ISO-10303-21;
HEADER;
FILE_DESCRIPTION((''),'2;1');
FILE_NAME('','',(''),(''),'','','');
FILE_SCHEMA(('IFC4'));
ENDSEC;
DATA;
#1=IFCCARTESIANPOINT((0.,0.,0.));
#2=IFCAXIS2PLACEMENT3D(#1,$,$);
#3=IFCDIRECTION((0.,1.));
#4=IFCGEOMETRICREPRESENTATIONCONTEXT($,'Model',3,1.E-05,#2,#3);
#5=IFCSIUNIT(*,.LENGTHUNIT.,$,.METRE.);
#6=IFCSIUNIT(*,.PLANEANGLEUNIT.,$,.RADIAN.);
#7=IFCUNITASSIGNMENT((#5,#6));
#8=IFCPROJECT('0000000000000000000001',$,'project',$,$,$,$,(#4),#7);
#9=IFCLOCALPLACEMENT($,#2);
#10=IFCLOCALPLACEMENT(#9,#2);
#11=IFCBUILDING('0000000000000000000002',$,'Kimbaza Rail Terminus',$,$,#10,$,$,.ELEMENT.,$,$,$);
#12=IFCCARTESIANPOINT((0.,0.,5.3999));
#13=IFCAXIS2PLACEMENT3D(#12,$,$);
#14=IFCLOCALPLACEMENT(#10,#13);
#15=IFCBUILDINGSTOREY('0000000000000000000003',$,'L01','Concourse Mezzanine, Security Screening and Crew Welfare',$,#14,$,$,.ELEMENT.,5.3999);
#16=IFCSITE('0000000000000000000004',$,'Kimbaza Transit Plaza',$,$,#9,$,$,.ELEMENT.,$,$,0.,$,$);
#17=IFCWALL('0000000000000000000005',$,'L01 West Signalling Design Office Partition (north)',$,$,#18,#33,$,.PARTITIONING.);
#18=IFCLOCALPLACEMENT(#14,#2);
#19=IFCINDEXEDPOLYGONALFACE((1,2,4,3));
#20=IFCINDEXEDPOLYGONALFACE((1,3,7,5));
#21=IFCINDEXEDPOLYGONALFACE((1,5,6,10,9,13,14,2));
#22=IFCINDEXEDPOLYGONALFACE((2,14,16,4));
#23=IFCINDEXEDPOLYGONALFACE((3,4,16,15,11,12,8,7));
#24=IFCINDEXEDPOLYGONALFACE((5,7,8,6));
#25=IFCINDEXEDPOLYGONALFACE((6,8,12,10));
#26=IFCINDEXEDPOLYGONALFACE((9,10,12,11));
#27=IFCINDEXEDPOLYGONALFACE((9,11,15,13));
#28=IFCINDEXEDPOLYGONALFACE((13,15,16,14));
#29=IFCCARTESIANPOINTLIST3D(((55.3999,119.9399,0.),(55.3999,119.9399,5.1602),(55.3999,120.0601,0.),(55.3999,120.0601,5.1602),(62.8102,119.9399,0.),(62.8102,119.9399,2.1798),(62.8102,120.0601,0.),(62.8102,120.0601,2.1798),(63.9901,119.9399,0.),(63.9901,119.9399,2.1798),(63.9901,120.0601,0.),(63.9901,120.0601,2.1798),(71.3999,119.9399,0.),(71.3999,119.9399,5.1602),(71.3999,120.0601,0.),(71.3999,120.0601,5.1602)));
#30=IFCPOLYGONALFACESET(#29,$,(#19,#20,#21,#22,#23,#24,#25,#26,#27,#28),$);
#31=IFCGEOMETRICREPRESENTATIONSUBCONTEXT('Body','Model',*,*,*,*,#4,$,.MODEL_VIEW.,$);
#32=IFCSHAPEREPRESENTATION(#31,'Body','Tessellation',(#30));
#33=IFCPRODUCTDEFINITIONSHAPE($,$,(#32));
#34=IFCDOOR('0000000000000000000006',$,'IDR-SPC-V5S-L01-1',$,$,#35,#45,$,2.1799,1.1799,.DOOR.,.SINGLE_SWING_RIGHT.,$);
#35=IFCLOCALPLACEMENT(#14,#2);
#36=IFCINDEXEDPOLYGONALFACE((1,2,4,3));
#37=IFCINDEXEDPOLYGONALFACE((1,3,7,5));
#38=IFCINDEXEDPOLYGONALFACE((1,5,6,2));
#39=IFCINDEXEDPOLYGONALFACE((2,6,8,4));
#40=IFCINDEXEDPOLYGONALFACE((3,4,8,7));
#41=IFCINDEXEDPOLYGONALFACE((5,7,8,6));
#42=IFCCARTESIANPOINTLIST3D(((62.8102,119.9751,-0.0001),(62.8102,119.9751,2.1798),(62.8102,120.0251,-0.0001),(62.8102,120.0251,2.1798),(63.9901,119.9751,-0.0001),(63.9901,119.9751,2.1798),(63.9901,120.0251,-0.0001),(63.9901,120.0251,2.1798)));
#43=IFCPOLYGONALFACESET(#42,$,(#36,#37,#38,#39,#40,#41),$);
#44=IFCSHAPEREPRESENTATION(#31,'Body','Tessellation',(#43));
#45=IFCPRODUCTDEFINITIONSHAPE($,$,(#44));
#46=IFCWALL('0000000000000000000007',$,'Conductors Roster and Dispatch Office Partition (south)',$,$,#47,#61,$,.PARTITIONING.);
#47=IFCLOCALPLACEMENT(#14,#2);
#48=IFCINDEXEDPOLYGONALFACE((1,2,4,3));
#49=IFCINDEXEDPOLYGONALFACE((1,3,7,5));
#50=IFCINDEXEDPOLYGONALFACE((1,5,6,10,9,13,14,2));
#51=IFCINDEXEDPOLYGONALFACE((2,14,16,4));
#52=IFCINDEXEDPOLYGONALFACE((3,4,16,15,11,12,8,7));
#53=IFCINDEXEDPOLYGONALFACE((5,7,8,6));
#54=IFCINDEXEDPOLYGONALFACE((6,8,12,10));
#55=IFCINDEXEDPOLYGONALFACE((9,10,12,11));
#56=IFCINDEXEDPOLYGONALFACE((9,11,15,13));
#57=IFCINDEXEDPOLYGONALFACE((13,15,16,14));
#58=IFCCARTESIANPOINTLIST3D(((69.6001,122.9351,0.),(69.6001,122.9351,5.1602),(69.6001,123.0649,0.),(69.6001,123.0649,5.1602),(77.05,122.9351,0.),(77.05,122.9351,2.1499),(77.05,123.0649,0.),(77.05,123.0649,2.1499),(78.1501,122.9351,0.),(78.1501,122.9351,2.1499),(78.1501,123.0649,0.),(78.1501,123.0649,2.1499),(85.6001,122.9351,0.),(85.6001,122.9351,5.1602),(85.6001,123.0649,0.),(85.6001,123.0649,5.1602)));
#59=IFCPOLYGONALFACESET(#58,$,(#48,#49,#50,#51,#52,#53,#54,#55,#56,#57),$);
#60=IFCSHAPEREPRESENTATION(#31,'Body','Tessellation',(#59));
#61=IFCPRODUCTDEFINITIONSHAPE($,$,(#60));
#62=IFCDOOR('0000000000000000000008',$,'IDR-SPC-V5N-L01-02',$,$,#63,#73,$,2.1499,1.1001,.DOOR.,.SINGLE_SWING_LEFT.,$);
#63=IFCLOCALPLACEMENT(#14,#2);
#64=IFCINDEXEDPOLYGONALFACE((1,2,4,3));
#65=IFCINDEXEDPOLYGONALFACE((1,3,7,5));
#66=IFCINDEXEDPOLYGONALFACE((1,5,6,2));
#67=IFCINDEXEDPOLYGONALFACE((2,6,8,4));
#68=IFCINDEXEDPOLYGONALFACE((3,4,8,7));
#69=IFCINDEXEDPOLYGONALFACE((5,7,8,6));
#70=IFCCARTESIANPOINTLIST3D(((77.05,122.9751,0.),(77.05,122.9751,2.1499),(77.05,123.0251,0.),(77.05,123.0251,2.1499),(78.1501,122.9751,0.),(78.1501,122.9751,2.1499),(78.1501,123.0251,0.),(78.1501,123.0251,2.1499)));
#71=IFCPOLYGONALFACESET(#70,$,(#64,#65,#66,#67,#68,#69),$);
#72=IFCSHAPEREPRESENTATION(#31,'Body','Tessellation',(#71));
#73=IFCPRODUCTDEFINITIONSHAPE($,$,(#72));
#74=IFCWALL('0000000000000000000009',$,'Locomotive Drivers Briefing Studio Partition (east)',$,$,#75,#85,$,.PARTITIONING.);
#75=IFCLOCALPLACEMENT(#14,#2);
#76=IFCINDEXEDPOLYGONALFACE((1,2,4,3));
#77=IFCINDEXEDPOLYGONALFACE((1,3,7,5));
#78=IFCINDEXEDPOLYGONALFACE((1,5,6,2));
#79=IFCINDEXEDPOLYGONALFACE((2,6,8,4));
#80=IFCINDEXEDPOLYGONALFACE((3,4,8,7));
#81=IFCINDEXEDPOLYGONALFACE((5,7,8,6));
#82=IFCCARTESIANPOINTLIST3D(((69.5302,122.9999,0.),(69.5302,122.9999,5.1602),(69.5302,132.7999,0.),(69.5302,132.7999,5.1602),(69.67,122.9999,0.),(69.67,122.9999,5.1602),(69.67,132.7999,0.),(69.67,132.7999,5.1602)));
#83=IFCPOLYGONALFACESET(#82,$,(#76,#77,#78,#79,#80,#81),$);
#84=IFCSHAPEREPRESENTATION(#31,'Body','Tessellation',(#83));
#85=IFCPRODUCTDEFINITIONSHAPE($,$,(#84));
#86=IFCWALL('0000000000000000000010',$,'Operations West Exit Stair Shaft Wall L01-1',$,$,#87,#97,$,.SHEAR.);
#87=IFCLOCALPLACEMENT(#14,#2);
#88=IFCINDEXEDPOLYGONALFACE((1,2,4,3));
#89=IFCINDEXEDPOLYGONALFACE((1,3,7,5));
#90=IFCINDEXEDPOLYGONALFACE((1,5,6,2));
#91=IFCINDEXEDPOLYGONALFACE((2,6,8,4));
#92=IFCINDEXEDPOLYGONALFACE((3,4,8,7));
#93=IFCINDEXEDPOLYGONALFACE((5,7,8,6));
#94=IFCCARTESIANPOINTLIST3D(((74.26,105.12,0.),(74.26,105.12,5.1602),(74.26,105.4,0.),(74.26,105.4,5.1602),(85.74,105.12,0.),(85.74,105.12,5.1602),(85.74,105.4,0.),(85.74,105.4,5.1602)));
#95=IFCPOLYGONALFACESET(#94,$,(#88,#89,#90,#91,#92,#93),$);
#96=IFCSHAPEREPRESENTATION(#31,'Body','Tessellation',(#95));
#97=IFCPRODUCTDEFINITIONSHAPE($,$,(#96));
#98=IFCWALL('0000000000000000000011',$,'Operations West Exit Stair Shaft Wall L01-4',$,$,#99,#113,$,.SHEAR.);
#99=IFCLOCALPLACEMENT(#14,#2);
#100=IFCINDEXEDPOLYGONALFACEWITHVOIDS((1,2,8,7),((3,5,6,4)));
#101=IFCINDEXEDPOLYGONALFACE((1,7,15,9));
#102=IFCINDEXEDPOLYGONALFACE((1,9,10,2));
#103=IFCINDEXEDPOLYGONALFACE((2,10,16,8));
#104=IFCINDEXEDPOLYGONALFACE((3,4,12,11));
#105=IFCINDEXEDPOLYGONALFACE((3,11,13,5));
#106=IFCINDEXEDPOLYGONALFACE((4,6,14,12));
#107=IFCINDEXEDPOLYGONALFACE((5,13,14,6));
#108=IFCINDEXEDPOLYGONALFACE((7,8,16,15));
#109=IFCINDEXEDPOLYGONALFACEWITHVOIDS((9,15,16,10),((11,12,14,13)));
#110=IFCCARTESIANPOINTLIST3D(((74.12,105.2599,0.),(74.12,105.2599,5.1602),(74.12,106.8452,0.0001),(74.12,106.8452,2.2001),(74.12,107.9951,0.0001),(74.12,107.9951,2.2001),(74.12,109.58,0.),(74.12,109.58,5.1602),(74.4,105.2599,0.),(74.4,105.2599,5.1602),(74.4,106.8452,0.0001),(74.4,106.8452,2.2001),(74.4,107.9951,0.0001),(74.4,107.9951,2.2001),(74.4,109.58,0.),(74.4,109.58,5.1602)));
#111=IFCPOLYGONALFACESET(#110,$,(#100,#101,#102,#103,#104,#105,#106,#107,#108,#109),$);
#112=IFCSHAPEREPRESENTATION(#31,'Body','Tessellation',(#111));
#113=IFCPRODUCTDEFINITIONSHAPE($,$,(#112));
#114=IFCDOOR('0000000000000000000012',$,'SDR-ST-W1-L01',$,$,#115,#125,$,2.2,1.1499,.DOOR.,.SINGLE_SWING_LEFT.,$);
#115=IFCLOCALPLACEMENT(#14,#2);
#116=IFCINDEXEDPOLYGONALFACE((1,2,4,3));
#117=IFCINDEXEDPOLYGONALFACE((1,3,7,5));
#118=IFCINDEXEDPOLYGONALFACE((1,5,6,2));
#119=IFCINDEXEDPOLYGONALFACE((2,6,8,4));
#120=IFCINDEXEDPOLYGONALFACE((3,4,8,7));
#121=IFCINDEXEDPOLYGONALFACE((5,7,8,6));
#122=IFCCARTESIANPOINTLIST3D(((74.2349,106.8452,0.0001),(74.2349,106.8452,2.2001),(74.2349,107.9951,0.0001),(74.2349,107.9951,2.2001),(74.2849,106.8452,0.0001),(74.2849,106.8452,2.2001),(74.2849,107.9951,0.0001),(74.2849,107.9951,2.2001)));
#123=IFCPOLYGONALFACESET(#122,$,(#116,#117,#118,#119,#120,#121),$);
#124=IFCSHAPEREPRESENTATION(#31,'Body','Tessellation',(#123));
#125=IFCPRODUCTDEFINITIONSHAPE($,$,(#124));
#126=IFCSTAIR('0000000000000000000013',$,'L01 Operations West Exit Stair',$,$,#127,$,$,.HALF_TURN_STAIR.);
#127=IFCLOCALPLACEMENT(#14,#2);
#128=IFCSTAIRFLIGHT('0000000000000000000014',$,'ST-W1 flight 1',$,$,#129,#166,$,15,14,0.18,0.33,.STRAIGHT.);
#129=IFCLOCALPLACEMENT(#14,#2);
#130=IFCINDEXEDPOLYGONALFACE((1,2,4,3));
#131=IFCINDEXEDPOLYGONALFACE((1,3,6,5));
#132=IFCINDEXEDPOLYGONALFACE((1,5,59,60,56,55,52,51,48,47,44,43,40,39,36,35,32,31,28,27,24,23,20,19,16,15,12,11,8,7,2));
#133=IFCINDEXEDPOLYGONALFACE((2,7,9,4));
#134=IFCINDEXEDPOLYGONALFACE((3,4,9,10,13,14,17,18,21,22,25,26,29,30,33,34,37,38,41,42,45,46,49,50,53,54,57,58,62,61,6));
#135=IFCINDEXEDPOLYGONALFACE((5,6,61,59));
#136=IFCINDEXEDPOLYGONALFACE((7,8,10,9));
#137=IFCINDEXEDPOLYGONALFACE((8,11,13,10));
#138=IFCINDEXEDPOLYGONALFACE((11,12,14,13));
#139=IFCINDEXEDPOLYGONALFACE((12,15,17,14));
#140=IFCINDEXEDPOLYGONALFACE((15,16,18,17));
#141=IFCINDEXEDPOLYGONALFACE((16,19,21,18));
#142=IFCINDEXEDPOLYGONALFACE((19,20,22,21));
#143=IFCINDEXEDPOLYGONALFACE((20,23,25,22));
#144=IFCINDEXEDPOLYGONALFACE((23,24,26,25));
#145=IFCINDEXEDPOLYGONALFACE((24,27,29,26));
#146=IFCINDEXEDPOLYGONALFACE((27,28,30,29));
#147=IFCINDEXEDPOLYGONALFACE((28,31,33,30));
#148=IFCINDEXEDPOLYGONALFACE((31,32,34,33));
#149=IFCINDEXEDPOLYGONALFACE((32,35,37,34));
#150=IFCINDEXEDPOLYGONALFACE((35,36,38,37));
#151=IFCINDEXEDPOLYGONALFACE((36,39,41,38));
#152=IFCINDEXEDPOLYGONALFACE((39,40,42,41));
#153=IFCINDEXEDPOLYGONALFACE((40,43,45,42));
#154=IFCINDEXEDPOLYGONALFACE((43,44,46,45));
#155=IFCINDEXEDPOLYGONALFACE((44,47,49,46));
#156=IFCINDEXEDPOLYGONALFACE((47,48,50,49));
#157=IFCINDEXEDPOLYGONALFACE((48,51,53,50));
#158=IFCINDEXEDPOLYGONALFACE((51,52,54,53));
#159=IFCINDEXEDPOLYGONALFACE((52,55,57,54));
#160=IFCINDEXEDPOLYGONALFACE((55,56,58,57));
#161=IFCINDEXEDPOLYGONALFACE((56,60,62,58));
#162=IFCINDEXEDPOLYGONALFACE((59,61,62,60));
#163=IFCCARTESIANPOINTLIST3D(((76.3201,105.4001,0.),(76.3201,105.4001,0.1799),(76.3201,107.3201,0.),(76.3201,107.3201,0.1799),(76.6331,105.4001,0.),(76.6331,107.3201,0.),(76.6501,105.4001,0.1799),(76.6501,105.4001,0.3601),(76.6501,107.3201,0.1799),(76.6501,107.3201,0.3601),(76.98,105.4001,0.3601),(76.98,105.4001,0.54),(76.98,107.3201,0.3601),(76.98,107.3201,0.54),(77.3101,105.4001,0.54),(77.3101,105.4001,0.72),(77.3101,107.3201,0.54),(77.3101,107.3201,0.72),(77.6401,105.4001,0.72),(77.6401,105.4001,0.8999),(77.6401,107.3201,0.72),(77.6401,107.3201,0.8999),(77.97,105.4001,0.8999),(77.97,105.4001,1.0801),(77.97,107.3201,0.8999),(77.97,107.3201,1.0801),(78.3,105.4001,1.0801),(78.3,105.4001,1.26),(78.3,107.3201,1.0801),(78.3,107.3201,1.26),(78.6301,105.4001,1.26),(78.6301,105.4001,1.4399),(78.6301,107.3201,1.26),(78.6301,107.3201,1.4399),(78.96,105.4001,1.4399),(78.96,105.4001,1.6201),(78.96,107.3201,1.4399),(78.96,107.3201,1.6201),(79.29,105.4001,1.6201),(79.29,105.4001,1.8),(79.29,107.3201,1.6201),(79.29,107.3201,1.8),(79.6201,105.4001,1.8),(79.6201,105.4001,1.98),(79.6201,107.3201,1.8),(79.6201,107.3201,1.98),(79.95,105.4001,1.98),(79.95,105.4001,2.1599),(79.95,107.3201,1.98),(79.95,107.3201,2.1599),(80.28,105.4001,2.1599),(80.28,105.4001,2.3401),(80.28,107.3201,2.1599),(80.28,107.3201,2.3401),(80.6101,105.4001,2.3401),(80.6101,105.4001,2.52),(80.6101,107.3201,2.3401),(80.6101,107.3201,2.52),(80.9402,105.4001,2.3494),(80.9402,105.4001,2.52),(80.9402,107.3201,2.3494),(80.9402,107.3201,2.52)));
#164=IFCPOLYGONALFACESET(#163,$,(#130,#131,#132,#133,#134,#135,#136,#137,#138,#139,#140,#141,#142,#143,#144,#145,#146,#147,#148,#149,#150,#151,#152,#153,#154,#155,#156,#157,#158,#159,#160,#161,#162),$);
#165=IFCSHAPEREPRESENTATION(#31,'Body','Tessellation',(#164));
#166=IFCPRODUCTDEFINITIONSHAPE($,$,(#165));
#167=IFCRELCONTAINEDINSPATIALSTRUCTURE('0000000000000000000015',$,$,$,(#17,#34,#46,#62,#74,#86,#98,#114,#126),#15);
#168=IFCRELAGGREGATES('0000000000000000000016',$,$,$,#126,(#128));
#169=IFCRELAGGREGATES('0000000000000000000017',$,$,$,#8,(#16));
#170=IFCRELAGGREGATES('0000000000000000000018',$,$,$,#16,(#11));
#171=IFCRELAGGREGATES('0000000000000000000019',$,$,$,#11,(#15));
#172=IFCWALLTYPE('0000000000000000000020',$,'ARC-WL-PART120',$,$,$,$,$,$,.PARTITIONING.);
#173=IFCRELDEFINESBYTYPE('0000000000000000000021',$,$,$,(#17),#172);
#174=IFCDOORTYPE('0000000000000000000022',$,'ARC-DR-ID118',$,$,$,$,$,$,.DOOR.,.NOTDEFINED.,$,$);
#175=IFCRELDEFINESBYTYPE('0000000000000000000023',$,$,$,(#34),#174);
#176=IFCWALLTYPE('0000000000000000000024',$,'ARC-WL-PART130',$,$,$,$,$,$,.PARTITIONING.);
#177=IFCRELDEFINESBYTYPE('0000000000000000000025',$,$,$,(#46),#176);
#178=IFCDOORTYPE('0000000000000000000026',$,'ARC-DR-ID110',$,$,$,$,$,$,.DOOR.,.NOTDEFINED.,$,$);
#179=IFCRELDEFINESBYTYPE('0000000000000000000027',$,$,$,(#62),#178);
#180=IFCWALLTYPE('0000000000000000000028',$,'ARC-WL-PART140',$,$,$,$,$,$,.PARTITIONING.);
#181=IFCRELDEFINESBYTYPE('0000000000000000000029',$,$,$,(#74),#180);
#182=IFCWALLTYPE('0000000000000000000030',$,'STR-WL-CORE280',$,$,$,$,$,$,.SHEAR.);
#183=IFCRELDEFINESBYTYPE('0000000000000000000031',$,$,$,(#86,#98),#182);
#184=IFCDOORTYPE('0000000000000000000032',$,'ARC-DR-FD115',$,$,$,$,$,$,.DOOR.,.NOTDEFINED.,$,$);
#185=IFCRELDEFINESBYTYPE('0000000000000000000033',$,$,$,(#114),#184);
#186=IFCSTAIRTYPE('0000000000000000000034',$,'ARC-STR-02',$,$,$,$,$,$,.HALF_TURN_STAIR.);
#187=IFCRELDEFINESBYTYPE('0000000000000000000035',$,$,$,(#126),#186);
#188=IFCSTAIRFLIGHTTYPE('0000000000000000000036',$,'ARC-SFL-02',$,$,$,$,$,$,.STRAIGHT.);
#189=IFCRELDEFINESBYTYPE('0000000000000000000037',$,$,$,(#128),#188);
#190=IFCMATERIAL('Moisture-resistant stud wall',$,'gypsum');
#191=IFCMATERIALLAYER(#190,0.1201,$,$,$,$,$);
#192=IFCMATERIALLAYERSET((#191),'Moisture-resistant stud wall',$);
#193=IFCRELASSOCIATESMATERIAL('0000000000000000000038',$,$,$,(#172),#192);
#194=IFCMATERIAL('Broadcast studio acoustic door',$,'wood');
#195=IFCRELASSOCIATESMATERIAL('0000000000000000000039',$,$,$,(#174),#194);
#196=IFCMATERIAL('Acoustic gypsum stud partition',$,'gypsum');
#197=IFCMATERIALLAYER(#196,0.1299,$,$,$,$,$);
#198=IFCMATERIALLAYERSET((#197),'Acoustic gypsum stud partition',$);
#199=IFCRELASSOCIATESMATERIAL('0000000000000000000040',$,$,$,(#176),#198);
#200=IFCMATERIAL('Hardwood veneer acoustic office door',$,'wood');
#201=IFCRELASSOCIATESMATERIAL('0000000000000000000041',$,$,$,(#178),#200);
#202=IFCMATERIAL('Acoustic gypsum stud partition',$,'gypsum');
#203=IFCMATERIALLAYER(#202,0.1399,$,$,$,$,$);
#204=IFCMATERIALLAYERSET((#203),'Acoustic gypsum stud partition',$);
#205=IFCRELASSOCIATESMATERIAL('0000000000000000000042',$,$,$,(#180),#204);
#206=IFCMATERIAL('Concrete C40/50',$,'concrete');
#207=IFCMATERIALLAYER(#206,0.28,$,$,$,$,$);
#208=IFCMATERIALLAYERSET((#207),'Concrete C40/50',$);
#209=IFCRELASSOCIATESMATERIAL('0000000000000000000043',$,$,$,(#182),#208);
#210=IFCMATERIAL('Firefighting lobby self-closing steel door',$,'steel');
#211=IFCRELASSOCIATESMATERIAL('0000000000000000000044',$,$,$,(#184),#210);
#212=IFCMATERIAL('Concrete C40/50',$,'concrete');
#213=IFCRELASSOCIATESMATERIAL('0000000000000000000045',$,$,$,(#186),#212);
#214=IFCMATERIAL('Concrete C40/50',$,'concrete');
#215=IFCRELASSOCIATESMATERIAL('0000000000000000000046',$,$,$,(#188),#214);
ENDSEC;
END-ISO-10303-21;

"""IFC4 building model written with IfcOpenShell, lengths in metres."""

from ifc_helpers import new_model, si_unit, direction, frame, frame_2d, origin, place, context, subcontext, project, spatial, polyline, rectangle, outline, extrude, material, layer, layer_set, type_object, element, fill, aggregate, save


model = new_model("IFC4")

# Units and contexts
model_context = context("Model", 3, precision=1e-05, world=origin(), true_north=direction((0.0, 1.0)))
body_context = subcontext(model_context, "Body", "Model", "MODEL_VIEW")
ifc_project = project(units=[si_unit("LENGTHUNIT", "METRE"), si_unit("PLANEANGLEUNIT", "RADIAN")], contexts=[model_context])

# Site, building, storey
site_placement = place(None, origin())
site = spatial("IfcSite", under=ifc_project, at=site_placement, Name="Kimbaza Transit Plaza", CompositionType="ELEMENT", RefElevation=0.0)
building_placement = place(site_placement, origin())
building = spatial("IfcBuilding", under=site, at=building_placement, Name="Kimbaza Rail Terminus", CompositionType="ELEMENT")
storey_placement = place(building_placement, frame((0.0, 0.0, 5.3999)))
storey = spatial("IfcBuildingStorey", under=building, at=storey_placement, Name="L01", Description="Concourse Mezzanine, Security Screening and Crew Welfare", CompositionType="ELEMENT", Elevation=5.3999)

# Shared definitions
ifc_material_1 = material(Name="Moisture-resistant stud wall", Category="gypsum")
ifc_layer_1 = layer(ifc_material_1, 0.1201)
ifc_layer_set_1 = layer_set([ifc_layer_1], Name="Moisture-resistant stud wall")
wall_type_1 = type_object("IfcWallType", Name="ARC-WL-PART120", PredefinedType="PARTITIONING", material=ifc_layer_set_1)

# Walls, openings, doors
wall_1_placement = place(storey_placement, frame((71.3999, 120.0, 0.0), z_axis=(0.0, 0.0, 1.0), x_axis=(-1.0, 0.0, 0.0)))
wall_1 = element("IfcWall", 1, at=wall_1_placement, inside=storey, type_object=wall_type_1, Name="L01 West Signalling Design Office Partition (north)", PredefinedType="PARTITIONING", context=body_context, shape_type="SweptSolid", body=[
    extrude(rectangle(XDim=16.0, YDim=0.1201, at=frame_2d((8.0, 0.0))), origin(), (0.0, 0.0, 1.0), 5.1602),
])
opening_1_placement = place(wall_1_placement, frame((7.4099, 0.0, 0.0)))
opening_1 = element("IfcOpeningElement", 2, at=opening_1_placement, cuts=wall_1, PredefinedType="OPENING", context=body_context, shape_type="SweptSolid", body=[
    extrude(rectangle(XDim=1.1799, YDim=2.1799, at=frame_2d((0.5898, 1.0898))), frame((0.0, 0.0701, 0.0), z_axis=(0.0, -1.0, 0.0), x_axis=(1.0, 0.0, 0.0)), (0.0, 0.0, 1.0), 0.1401),
])
ifc_material_2 = material(Name="Broadcast studio acoustic door", Category="wood")
door_type_1 = type_object("IfcDoorType", Name="ARC-DR-ID118", OperationType="NOTDEFINED", PredefinedType="DOOR", material=ifc_material_2)
door_1_placement = place(opening_1_placement, origin())
door_1 = element("IfcDoor", 3, at=door_1_placement, inside=storey, type_object=door_type_1, Name="IDR-SPC-V5S-L01-1", OperationType="SINGLE_SWING_RIGHT", OverallHeight=2.1799, OverallWidth=1.1799, PredefinedType="DOOR", context=body_context, shape_type="SweptSolid", body=[
    extrude(rectangle(XDim=1.1799, YDim=2.1799, at=frame_2d((0.5898, 1.0898))), frame((0.0, 0.0249, 0.0), z_axis=(0.0, -1.0, 0.0), x_axis=(1.0, 0.0, 0.0)), (0.0, 0.0, 1.0), 0.05),
])
fill(opening_1, door_1)
ifc_material_3 = material(Name="Acoustic gypsum stud partition", Category="gypsum")
ifc_layer_2 = layer(ifc_material_3, 0.1299)
ifc_layer_set_2 = layer_set([ifc_layer_2], Name="Acoustic gypsum stud partition")
wall_type_2 = type_object("IfcWallType", Name="ARC-WL-PART130", PredefinedType="PARTITIONING", material=ifc_layer_set_2)
wall_2_placement = place(storey_placement, frame((69.6001, 123.0, 0.0), z_axis=(0.0, 0.0, 1.0), x_axis=(1.0, 0.0, 0.0)))
wall_2 = element("IfcWall", 4, at=wall_2_placement, inside=storey, type_object=wall_type_2, Name="Conductors Roster and Dispatch Office Partition (south)", PredefinedType="PARTITIONING", context=body_context, shape_type="SweptSolid", body=[
    extrude(rectangle(XDim=16.0, YDim=0.1299, at=frame_2d((8.0, 0.0))), origin(), (0.0, 0.0, 1.0), 5.1602),
])
opening_2_placement = place(wall_2_placement, frame((8.55, 0.0, 0.0), z_axis=(0.0, 0.0, 1.0), x_axis=(-1.0, 0.0, 0.0)))
opening_2 = element("IfcOpeningElement", 5, at=opening_2_placement, cuts=wall_2, PredefinedType="OPENING", context=body_context, shape_type="SweptSolid", body=[
    extrude(rectangle(XDim=1.1001, YDim=2.1499, at=frame_2d((0.55, 1.075))), frame((0.0, 0.075, 0.0), z_axis=(0.0, -1.0, 0.0), x_axis=(1.0, 0.0, 0.0)), (0.0, 0.0, 1.0), 0.1499),
])
ifc_material_4 = material(Name="Hardwood veneer acoustic office door", Category="wood")
door_type_2 = type_object("IfcDoorType", Name="ARC-DR-ID110", OperationType="NOTDEFINED", PredefinedType="DOOR", material=ifc_material_4)
door_2_placement = place(opening_2_placement, origin())
door_2 = element("IfcDoor", 6, at=door_2_placement, inside=storey, type_object=door_type_2, Name="IDR-SPC-V5N-L01-02", OperationType="SINGLE_SWING_LEFT", OverallHeight=2.1499, OverallWidth=1.1001, PredefinedType="DOOR", context=body_context, shape_type="SweptSolid", body=[
    extrude(rectangle(XDim=1.1001, YDim=2.1499, at=frame_2d((0.55, 1.075))), frame((0.0, 0.0249, 0.0), z_axis=(0.0, -1.0, 0.0), x_axis=(1.0, 0.0, 0.0)), (0.0, 0.0, 1.0), 0.05),
])
fill(opening_2, door_2)

# Walls
ifc_material_5 = material(Name="Acoustic gypsum stud partition", Category="gypsum")
ifc_layer_3 = layer(ifc_material_5, 0.1399)
ifc_layer_set_3 = layer_set([ifc_layer_3], Name="Acoustic gypsum stud partition")
wall_type_3 = type_object("IfcWallType", Name="ARC-WL-PART140", PredefinedType="PARTITIONING", material=ifc_layer_set_3)
wall_3_placement = place(storey_placement, frame((69.6001, 123.0, 0.0), z_axis=(0.0, 0.0, 1.0), x_axis=(0.0, 1.0, 0.0)))
element("IfcWall", 7, at=wall_3_placement, inside=storey, type_object=wall_type_3, Name="Locomotive Drivers Briefing Studio Partition (east)", PredefinedType="PARTITIONING", context=body_context, shape_type="SweptSolid", body=[
    extrude(rectangle(XDim=9.8, YDim=0.1399, at=frame_2d((4.8999, 0.0))), origin(), (0.0, 0.0, 1.0), 5.1602),
])
ifc_material_6 = material(Name="Concrete C40/50", Category="concrete")
ifc_layer_4 = layer(ifc_material_6, 0.28)
ifc_layer_set_4 = layer_set([ifc_layer_4], Name="Concrete C40/50")
wall_type_4 = type_object("IfcWallType", Name="STR-WL-CORE280", PredefinedType="SHEAR", material=ifc_layer_set_4)
wall_4_placement = place(storey_placement, frame((74.26, 105.26, 0.0), z_axis=(0.0, 0.0, 1.0), x_axis=(1.0, 0.0, 0.0)))
element("IfcWall", 8, at=wall_4_placement, inside=storey, type_object=wall_type_4, Name="Operations West Exit Stair Shaft Wall L01-1", PredefinedType="SHEAR", context=body_context, shape_type="SweptSolid", body=[
    extrude(rectangle(XDim=11.48, YDim=0.28, at=frame_2d((5.74, 0.0))), origin(), (0.0, 0.0, 1.0), 5.1602),
])

# Wall, opening, door
wall_5_placement = place(storey_placement, frame((74.26, 109.5801, 0.0), z_axis=(0.0, 0.0, 1.0), x_axis=(0.0, -1.0, 0.0)))
wall_5 = element("IfcWall", 9, at=wall_5_placement, inside=storey, type_object=wall_type_4, Name="Operations West Exit Stair Shaft Wall L01-4", PredefinedType="SHEAR", context=body_context, shape_type="SweptSolid", body=[
    extrude(rectangle(XDim=4.3201, YDim=0.28, at=frame_2d((2.1602, 0.0))), origin(), (0.0, 0.0, 1.0), 5.1602),
])
opening_3_placement = place(wall_5_placement, frame((1.585, 0.0, 0.0)))
opening_3 = element("IfcOpeningElement", 10, at=opening_3_placement, cuts=wall_5, PredefinedType="OPENING", context=body_context, shape_type="SweptSolid", body=[
    extrude(rectangle(XDim=1.1499, YDim=2.2, at=frame_2d((0.575, 1.1001))), frame((0.0, 0.1499, 0.0), z_axis=(0.0, -1.0, 0.0), x_axis=(1.0, 0.0, 0.0)), (0.0, 0.0, 1.0), 0.3),
])
ifc_material_7 = material(Name="Firefighting lobby self-closing steel door", Category="steel")
door_type_3 = type_object("IfcDoorType", Name="ARC-DR-FD115", OperationType="NOTDEFINED", PredefinedType="DOOR", material=ifc_material_7)
door_3_placement = place(opening_3_placement, origin())
door_3 = element("IfcDoor", 11, at=door_3_placement, inside=storey, type_object=door_type_3, Name="SDR-ST-W1-L01", OperationType="SINGLE_SWING_LEFT", OverallHeight=2.2, OverallWidth=1.1499, PredefinedType="DOOR", context=body_context, shape_type="SweptSolid", body=[
    extrude(rectangle(XDim=1.1499, YDim=2.2, at=frame_2d((0.575, 1.1001))), frame((0.0, 0.0249, 0.0), z_axis=(0.0, -1.0, 0.0), x_axis=(1.0, 0.0, 0.0)), (0.0, 0.0, 1.0), 0.05),
])
fill(opening_3, door_3)

# Stair, stair flight
ifc_material_8 = material(Name="Concrete C40/50", Category="concrete")
stair_type = type_object("IfcStairType", Name="ARC-STR-02", PredefinedType="HALF_TURN_STAIR", material=ifc_material_8)
stair_placement = place(storey_placement, origin())
stair = element("IfcStair", 12, at=stair_placement, inside=storey, type_object=stair_type, Name="L01 Operations West Exit Stair", PredefinedType="HALF_TURN_STAIR")
ifc_material_9 = material(Name="Concrete C40/50", Category="concrete")
stair_flight_type = type_object("IfcStairFlightType", Name="ARC-SFL-02", PredefinedType="STRAIGHT", material=ifc_material_9)
stair_flight_placement = place(storey_placement, frame((76.3201, 106.3601, 0.0), z_axis=(0.0, 0.0, 1.0), x_axis=(1.0, 0.0, 0.0)))
stair_flight = element("IfcStairFlight", 13, at=stair_flight_placement, type_object=stair_flight_type, Name="ST-W1 flight 1", NumberOfRisers=15, NumberOfTreads=14, PredefinedType="STRAIGHT", RiserHeight=0.18, TreadLength=0.33, context=body_context, shape_type="SweptSolid", body=[
    extrude(outline(polyline([(0.0, 0.0), (0.0, 0.1799), (0.3301, 0.1799), (0.3301, 0.3601), (0.6599, 0.3601), (0.6599, 0.54), (0.99, 0.54), (0.99, 0.72), (1.3201, 0.72), (1.3201, 0.8999), (1.6499, 0.8999), (1.6499, 1.0801), (1.98, 1.0801), (1.98, 1.26), (2.3101, 1.26), (2.3101, 1.4399), (2.6399, 1.4399), (2.6399, 1.6201), (2.97, 1.6201), (2.97, 1.8), (3.3, 1.8), (3.3, 1.98), (3.6299, 1.98), (3.6299, 2.1599), (3.96, 2.1599), (3.96, 2.3401), (4.29, 2.3401), (4.29, 2.52), (4.6201, 2.52), (4.6201, 2.7), (4.6201, 2.3494), (0.313, 0.0), (0.0, 0.0)])), frame((0.0, 0.96, 0.0), z_axis=(0.0, -1.0, 0.0), x_axis=(1.0, 0.0, 0.0)), (0.0, 0.0, 1.0), 1.9199),
])
aggregate(stair, [stair_flight])

save(model, "model.ifc")
